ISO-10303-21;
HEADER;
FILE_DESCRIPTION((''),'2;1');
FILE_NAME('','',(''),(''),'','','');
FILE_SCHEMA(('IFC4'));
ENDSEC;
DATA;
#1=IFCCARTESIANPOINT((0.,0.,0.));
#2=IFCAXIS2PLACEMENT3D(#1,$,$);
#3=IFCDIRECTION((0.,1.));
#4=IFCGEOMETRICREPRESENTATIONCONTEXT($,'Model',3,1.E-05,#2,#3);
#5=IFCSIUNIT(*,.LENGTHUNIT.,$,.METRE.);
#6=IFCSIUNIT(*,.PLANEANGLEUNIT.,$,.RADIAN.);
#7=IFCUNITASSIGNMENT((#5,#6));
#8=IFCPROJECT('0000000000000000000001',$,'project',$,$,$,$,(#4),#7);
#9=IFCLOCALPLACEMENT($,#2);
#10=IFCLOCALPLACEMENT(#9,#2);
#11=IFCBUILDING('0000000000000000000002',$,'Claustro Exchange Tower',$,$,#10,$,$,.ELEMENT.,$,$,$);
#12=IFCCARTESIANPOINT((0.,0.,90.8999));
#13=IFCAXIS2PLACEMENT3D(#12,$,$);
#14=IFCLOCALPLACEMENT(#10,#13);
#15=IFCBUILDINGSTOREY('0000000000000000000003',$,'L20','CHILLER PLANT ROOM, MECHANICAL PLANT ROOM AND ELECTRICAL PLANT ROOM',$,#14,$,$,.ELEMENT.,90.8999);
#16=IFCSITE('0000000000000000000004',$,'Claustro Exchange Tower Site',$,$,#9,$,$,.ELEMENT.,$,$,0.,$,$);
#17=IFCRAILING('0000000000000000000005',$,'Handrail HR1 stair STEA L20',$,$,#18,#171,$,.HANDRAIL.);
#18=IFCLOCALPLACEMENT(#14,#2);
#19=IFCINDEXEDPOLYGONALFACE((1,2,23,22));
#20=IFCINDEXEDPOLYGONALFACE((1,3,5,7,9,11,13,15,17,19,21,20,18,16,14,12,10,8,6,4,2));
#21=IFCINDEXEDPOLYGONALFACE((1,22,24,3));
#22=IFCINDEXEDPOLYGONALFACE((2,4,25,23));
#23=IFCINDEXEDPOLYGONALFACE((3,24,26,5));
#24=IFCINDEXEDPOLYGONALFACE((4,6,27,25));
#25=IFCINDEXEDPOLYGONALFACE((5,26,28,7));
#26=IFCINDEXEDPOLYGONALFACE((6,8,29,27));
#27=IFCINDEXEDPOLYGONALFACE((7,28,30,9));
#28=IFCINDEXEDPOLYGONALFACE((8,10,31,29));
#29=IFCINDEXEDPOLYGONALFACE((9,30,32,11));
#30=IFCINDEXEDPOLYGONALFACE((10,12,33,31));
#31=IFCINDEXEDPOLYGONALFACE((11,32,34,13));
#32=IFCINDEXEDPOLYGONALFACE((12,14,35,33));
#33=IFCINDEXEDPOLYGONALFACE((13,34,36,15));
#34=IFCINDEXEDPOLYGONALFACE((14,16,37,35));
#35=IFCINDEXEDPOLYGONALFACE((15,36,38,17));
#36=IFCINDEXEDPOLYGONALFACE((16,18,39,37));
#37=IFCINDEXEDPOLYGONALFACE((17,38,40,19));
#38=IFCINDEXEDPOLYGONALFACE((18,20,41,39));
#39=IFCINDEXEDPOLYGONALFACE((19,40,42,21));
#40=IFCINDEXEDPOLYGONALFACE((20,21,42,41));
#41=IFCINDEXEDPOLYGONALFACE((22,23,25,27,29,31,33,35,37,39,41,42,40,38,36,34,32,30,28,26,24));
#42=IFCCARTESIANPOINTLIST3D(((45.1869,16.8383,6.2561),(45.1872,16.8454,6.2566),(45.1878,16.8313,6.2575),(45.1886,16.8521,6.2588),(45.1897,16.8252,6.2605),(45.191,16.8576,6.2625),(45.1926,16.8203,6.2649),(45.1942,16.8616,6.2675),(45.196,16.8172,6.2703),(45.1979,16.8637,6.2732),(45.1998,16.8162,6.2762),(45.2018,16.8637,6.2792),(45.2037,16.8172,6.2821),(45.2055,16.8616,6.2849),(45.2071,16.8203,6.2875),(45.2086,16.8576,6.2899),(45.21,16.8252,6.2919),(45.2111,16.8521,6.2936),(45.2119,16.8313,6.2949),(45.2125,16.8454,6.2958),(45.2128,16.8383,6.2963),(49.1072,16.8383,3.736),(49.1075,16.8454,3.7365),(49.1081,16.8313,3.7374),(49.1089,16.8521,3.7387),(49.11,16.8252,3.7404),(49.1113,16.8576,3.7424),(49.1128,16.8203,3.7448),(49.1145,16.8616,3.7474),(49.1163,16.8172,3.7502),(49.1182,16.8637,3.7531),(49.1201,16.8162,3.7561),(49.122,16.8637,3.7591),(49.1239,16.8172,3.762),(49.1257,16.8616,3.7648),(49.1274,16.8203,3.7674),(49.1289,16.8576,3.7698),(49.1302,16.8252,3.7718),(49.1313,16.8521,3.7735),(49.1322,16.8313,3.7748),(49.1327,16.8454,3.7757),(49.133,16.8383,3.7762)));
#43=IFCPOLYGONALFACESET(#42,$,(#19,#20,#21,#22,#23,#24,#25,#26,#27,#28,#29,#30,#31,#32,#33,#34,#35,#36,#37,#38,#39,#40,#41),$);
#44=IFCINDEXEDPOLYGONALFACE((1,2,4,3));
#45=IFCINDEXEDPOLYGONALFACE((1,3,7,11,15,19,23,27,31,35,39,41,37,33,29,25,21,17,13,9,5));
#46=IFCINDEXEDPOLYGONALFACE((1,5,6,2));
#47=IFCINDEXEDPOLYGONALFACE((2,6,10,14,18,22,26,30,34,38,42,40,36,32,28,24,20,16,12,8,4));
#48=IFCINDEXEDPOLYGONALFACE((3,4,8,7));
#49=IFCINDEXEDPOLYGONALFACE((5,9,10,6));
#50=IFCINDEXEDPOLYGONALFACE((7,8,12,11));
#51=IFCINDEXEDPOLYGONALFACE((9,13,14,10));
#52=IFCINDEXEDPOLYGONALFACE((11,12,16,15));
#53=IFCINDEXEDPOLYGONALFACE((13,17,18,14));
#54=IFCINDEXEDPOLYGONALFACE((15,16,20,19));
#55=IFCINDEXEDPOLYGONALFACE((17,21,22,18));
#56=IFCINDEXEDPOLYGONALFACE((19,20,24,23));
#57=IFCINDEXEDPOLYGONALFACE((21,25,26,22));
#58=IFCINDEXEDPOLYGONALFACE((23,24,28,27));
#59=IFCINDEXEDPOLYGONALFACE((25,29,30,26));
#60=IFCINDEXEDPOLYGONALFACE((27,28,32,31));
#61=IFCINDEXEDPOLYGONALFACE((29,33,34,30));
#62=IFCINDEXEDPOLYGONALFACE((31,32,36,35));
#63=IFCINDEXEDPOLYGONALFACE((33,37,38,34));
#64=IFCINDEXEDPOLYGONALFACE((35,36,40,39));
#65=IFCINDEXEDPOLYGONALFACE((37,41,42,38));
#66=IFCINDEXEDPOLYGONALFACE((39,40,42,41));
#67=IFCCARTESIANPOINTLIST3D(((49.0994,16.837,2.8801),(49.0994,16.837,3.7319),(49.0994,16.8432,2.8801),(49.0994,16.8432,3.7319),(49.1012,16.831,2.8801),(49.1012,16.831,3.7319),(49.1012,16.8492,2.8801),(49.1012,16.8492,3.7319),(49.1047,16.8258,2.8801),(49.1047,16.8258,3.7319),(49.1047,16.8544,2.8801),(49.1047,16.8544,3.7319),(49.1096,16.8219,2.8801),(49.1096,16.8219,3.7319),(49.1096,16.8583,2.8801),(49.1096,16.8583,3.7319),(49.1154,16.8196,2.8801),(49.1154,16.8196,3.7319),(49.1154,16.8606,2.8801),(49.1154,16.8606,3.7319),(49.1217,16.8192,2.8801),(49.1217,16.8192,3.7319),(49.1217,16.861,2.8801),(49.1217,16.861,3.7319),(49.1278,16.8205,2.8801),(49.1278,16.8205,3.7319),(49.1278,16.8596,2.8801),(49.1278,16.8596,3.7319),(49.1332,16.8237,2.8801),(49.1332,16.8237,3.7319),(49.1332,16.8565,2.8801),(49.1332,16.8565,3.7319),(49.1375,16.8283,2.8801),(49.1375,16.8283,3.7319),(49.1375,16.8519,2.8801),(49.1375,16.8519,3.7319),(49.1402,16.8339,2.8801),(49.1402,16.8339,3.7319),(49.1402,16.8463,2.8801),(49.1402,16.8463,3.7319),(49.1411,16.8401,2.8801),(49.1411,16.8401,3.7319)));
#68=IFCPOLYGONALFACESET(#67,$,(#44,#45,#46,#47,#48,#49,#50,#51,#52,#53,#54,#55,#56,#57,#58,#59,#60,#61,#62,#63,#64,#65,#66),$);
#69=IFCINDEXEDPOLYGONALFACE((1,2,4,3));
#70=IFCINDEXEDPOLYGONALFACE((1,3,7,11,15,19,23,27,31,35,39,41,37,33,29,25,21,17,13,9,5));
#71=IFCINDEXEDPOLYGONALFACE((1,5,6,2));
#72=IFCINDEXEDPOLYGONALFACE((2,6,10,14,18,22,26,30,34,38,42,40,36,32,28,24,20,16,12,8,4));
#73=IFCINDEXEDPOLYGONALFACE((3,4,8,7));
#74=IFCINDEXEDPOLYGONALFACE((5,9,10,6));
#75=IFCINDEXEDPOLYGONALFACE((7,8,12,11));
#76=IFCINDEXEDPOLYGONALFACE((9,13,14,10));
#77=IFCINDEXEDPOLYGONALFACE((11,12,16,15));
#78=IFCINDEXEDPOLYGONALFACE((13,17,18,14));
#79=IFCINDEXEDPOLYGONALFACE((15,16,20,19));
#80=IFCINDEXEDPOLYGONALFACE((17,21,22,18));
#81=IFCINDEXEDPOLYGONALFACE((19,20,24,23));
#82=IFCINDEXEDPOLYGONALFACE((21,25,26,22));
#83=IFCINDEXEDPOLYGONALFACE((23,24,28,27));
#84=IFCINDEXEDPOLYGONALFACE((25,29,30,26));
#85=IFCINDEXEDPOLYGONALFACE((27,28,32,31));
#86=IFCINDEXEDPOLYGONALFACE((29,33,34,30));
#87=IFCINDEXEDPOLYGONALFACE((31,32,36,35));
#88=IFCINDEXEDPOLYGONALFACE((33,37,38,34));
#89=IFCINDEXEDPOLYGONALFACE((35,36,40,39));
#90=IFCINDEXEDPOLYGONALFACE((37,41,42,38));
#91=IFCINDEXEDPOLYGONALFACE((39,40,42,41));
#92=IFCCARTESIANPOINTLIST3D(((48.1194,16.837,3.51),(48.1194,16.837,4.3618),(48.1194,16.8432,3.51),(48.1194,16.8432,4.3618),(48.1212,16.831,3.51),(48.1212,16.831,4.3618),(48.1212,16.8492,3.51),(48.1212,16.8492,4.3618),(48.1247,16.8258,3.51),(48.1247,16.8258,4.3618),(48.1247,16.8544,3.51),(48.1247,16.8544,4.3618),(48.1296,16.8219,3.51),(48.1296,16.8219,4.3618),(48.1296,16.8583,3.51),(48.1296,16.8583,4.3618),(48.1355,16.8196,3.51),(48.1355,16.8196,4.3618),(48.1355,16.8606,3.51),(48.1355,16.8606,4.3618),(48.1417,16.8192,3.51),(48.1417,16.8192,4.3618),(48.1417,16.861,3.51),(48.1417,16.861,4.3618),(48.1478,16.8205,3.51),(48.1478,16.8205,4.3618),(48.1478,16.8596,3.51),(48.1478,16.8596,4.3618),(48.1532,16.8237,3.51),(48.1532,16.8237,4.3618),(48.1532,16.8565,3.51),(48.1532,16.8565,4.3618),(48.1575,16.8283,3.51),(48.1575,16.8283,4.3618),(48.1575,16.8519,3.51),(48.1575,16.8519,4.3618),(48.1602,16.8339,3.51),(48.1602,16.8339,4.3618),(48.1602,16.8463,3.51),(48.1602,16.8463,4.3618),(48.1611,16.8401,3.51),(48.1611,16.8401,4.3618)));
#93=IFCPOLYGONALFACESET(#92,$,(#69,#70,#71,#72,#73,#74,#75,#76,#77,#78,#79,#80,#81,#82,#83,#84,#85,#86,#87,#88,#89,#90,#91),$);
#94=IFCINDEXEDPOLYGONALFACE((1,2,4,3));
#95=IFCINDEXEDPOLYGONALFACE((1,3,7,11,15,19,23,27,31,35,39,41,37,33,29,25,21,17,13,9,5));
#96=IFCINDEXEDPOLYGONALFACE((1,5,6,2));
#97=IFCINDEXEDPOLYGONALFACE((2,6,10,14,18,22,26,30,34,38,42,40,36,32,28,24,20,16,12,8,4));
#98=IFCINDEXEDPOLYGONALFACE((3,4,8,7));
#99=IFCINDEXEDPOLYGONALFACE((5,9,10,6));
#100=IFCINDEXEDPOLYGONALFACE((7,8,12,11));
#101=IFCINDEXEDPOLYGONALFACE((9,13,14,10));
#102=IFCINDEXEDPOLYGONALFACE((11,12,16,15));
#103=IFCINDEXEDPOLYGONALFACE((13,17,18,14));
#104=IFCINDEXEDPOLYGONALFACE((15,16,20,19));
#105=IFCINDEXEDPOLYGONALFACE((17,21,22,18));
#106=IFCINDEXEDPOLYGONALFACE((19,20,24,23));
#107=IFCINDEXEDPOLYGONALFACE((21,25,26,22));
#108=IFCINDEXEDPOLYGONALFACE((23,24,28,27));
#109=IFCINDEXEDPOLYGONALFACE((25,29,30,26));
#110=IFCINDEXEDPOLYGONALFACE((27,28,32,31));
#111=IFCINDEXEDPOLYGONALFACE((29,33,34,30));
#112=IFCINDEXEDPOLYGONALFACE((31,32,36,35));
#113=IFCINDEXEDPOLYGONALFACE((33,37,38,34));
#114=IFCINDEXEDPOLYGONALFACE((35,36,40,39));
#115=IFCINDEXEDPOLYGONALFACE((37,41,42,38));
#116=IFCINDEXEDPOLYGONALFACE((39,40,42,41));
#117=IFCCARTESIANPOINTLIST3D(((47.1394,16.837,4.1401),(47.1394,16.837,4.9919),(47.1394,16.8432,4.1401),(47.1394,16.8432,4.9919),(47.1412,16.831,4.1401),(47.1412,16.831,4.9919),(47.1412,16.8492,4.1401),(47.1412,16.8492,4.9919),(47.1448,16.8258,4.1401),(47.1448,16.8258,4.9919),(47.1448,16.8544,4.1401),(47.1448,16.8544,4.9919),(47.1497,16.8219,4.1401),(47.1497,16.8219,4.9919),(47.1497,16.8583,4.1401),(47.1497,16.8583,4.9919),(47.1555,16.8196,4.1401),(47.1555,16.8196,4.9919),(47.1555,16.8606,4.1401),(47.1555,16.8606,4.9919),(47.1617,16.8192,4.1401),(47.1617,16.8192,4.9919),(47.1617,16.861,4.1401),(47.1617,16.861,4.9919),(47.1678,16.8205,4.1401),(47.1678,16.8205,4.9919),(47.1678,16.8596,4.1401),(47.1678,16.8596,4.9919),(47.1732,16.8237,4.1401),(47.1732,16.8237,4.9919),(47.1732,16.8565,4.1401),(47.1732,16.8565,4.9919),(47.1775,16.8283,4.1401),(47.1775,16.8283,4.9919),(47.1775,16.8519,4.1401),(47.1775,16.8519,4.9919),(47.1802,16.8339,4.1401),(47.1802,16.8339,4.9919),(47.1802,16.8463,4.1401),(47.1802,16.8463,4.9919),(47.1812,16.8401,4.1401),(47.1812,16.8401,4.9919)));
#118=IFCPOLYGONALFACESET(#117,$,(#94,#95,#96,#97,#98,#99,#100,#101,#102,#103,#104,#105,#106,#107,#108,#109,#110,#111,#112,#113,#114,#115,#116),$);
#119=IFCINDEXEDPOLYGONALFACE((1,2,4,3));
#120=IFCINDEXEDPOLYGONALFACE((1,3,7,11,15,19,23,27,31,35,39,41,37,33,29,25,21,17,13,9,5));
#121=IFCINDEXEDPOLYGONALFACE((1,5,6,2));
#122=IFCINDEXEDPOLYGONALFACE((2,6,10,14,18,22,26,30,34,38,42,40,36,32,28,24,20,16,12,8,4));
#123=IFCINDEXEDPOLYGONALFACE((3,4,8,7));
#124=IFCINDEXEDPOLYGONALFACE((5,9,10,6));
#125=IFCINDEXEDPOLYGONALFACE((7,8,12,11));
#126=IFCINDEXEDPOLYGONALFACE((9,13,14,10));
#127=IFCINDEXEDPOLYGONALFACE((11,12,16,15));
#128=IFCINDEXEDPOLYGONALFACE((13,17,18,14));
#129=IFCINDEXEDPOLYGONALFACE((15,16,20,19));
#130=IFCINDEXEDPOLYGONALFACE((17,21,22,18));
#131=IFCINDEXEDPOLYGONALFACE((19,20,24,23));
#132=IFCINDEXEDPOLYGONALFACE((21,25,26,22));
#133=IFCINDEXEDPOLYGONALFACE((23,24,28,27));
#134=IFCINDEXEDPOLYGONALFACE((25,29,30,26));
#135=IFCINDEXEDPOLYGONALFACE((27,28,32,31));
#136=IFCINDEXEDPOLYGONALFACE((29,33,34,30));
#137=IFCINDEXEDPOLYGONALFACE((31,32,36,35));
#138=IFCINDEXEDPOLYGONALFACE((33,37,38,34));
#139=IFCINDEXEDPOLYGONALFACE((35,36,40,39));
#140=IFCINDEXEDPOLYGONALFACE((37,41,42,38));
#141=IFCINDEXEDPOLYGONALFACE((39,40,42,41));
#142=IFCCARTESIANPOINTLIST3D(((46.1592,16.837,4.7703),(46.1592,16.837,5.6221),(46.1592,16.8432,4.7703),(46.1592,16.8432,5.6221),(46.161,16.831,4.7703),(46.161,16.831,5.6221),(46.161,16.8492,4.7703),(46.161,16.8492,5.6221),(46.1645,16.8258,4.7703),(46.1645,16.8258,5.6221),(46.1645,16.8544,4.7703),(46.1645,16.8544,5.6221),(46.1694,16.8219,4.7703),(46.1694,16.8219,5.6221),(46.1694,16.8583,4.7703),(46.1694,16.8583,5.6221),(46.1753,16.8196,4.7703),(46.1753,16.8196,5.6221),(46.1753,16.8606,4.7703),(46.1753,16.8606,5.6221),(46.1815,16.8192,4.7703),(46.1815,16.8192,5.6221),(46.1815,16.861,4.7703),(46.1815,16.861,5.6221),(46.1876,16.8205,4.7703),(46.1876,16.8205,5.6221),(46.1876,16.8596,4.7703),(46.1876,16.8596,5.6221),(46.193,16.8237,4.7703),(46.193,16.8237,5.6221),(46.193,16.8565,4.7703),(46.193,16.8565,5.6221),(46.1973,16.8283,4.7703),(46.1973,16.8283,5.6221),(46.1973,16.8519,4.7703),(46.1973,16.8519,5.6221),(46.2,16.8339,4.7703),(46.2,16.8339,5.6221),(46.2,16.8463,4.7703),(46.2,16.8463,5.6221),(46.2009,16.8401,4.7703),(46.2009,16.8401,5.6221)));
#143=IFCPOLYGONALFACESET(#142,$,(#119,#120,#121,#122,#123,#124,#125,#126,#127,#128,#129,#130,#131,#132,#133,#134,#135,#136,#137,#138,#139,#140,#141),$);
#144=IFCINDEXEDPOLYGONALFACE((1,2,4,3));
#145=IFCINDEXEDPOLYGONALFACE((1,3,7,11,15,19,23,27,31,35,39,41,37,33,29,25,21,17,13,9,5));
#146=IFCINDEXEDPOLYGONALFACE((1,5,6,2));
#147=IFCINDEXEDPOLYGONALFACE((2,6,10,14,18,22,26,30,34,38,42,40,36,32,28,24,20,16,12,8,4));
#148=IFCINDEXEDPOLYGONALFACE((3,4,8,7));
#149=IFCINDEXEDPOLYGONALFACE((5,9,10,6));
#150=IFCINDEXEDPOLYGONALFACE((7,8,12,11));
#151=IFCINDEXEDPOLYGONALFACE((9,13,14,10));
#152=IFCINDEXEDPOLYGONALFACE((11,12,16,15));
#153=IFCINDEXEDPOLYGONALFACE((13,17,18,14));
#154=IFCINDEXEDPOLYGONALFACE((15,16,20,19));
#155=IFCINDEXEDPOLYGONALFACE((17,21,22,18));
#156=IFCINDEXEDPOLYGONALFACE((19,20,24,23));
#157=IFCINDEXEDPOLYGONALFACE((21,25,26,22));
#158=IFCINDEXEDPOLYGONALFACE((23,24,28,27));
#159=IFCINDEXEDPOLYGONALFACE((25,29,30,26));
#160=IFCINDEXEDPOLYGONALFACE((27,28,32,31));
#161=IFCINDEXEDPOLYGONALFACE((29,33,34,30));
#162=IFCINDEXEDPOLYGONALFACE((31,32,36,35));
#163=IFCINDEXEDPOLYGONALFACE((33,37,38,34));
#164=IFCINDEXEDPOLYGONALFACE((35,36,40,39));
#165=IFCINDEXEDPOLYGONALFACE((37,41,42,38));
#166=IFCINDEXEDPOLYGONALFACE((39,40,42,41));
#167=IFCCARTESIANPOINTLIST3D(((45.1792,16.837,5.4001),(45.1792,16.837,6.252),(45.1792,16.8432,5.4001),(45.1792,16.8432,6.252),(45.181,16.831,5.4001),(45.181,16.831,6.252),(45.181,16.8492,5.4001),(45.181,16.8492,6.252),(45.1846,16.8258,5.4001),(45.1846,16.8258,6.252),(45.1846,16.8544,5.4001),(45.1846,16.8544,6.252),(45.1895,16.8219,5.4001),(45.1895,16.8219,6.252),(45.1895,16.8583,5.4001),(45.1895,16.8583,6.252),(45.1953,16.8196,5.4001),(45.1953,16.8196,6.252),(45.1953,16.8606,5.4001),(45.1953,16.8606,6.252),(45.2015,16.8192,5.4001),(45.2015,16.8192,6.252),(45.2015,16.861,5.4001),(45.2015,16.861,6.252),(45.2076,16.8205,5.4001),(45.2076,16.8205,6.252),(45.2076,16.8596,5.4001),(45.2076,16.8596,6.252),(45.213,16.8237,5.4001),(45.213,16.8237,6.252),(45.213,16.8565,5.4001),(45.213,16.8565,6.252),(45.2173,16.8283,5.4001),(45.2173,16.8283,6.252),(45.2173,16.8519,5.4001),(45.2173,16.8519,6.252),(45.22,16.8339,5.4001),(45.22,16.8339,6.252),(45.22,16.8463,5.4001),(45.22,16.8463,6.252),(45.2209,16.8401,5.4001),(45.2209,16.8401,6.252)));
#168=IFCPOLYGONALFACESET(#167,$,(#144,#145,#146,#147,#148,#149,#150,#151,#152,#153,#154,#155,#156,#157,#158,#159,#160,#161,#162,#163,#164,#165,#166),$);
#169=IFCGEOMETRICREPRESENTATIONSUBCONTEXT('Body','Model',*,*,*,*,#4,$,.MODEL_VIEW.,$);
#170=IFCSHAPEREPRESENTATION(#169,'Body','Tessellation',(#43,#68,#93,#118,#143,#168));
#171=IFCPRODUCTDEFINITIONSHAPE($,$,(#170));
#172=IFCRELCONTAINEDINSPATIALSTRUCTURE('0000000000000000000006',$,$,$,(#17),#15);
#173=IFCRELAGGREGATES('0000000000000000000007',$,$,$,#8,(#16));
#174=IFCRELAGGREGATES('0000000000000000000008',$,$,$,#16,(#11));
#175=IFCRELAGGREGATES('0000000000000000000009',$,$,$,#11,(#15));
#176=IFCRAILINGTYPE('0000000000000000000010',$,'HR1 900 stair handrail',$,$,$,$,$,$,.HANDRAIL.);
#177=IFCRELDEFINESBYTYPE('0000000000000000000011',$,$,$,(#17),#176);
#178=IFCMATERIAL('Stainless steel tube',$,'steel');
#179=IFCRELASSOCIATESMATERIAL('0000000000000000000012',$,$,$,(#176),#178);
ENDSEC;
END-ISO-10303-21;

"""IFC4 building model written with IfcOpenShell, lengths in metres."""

from ifc_helpers import new_model, si_unit, direction, frame, origin, origin_2d, place, context, subcontext, project, spatial, circle, extrude, material, type_object, element, save


model = new_model("IFC4")

# Units and contexts
model_context = context("Model", 3, precision=1e-05, world=origin(), true_north=direction((0.0, 1.0)))
body_context = subcontext(model_context, "Body", "Model", "MODEL_VIEW")
ifc_project = project(units=[si_unit("LENGTHUNIT", "METRE"), si_unit("PLANEANGLEUNIT", "RADIAN")], contexts=[model_context])

# Site, building, storey
site_placement = place(None, origin())
site = spatial("IfcSite", under=ifc_project, at=site_placement, Name="Claustro Exchange Tower Site", CompositionType="ELEMENT", RefElevation=0.0)
building_placement = place(site_placement, origin())
building = spatial("IfcBuilding", under=site, at=building_placement, Name="Claustro Exchange Tower", CompositionType="ELEMENT")
storey_placement = place(building_placement, frame((0.0, 0.0, 90.8999)))
storey = spatial("IfcBuildingStorey", under=building, at=storey_placement, Name="L20", Description="CHILLER PLANT ROOM, MECHANICAL PLANT ROOM AND ELECTRICAL PLANT ROOM", CompositionType="ELEMENT", Elevation=90.8999)

# Railing
ifc_material_1 = material(Name="Stainless steel tube", Category="steel")
railing_type_1 = type_object("IfcRailingType", Name="HR1 900 stair handrail", PredefinedType="HANDRAIL", material=ifc_material_1)
railing_1_placement = place(storey_placement, frame((49.1201, 16.8401, 2.8801)))
element("IfcRailing", 1, at=railing_1_placement, inside=storey, type_object=railing_type_1, Name="Handrail HR1 stair STEA L20", PredefinedType="HANDRAIL", context=body_context, shape_type="SweptSolid", body=[
    extrude(circle(Radius=0.0239, at=origin_2d()), frame((0.0, 0.0, 0.876), z_axis=(-0.841187, 0.0, 0.540744), x_axis=(0.0, -1.0, 0.0)), (0.0, 0.0, 1.0), 4.6604),
    extrude(circle(Radius=0.021, at=origin_2d()), origin(), (0.0, 0.0, 1.0), 0.8518),
    extrude(circle(Radius=0.021, at=origin_2d()), frame((-0.98, 0.0, 0.6299)), (0.0, 0.0, 1.0), 0.8518),
    extrude(circle(Radius=0.021, at=origin_2d()), frame((-1.96, 0.0, 1.26)), (0.0, 0.0, 1.0), 0.8518),
    extrude(circle(Radius=0.021, at=origin_2d()), frame((-2.9402, 0.0, 1.8901)), (0.0, 0.0, 1.0), 0.8518),
    extrude(circle(Radius=0.021, at=origin_2d()), frame((-3.9202, 0.0, 2.52)), (0.0, 0.0, 1.0), 0.8518),
])

save(model, "model.ifc")
